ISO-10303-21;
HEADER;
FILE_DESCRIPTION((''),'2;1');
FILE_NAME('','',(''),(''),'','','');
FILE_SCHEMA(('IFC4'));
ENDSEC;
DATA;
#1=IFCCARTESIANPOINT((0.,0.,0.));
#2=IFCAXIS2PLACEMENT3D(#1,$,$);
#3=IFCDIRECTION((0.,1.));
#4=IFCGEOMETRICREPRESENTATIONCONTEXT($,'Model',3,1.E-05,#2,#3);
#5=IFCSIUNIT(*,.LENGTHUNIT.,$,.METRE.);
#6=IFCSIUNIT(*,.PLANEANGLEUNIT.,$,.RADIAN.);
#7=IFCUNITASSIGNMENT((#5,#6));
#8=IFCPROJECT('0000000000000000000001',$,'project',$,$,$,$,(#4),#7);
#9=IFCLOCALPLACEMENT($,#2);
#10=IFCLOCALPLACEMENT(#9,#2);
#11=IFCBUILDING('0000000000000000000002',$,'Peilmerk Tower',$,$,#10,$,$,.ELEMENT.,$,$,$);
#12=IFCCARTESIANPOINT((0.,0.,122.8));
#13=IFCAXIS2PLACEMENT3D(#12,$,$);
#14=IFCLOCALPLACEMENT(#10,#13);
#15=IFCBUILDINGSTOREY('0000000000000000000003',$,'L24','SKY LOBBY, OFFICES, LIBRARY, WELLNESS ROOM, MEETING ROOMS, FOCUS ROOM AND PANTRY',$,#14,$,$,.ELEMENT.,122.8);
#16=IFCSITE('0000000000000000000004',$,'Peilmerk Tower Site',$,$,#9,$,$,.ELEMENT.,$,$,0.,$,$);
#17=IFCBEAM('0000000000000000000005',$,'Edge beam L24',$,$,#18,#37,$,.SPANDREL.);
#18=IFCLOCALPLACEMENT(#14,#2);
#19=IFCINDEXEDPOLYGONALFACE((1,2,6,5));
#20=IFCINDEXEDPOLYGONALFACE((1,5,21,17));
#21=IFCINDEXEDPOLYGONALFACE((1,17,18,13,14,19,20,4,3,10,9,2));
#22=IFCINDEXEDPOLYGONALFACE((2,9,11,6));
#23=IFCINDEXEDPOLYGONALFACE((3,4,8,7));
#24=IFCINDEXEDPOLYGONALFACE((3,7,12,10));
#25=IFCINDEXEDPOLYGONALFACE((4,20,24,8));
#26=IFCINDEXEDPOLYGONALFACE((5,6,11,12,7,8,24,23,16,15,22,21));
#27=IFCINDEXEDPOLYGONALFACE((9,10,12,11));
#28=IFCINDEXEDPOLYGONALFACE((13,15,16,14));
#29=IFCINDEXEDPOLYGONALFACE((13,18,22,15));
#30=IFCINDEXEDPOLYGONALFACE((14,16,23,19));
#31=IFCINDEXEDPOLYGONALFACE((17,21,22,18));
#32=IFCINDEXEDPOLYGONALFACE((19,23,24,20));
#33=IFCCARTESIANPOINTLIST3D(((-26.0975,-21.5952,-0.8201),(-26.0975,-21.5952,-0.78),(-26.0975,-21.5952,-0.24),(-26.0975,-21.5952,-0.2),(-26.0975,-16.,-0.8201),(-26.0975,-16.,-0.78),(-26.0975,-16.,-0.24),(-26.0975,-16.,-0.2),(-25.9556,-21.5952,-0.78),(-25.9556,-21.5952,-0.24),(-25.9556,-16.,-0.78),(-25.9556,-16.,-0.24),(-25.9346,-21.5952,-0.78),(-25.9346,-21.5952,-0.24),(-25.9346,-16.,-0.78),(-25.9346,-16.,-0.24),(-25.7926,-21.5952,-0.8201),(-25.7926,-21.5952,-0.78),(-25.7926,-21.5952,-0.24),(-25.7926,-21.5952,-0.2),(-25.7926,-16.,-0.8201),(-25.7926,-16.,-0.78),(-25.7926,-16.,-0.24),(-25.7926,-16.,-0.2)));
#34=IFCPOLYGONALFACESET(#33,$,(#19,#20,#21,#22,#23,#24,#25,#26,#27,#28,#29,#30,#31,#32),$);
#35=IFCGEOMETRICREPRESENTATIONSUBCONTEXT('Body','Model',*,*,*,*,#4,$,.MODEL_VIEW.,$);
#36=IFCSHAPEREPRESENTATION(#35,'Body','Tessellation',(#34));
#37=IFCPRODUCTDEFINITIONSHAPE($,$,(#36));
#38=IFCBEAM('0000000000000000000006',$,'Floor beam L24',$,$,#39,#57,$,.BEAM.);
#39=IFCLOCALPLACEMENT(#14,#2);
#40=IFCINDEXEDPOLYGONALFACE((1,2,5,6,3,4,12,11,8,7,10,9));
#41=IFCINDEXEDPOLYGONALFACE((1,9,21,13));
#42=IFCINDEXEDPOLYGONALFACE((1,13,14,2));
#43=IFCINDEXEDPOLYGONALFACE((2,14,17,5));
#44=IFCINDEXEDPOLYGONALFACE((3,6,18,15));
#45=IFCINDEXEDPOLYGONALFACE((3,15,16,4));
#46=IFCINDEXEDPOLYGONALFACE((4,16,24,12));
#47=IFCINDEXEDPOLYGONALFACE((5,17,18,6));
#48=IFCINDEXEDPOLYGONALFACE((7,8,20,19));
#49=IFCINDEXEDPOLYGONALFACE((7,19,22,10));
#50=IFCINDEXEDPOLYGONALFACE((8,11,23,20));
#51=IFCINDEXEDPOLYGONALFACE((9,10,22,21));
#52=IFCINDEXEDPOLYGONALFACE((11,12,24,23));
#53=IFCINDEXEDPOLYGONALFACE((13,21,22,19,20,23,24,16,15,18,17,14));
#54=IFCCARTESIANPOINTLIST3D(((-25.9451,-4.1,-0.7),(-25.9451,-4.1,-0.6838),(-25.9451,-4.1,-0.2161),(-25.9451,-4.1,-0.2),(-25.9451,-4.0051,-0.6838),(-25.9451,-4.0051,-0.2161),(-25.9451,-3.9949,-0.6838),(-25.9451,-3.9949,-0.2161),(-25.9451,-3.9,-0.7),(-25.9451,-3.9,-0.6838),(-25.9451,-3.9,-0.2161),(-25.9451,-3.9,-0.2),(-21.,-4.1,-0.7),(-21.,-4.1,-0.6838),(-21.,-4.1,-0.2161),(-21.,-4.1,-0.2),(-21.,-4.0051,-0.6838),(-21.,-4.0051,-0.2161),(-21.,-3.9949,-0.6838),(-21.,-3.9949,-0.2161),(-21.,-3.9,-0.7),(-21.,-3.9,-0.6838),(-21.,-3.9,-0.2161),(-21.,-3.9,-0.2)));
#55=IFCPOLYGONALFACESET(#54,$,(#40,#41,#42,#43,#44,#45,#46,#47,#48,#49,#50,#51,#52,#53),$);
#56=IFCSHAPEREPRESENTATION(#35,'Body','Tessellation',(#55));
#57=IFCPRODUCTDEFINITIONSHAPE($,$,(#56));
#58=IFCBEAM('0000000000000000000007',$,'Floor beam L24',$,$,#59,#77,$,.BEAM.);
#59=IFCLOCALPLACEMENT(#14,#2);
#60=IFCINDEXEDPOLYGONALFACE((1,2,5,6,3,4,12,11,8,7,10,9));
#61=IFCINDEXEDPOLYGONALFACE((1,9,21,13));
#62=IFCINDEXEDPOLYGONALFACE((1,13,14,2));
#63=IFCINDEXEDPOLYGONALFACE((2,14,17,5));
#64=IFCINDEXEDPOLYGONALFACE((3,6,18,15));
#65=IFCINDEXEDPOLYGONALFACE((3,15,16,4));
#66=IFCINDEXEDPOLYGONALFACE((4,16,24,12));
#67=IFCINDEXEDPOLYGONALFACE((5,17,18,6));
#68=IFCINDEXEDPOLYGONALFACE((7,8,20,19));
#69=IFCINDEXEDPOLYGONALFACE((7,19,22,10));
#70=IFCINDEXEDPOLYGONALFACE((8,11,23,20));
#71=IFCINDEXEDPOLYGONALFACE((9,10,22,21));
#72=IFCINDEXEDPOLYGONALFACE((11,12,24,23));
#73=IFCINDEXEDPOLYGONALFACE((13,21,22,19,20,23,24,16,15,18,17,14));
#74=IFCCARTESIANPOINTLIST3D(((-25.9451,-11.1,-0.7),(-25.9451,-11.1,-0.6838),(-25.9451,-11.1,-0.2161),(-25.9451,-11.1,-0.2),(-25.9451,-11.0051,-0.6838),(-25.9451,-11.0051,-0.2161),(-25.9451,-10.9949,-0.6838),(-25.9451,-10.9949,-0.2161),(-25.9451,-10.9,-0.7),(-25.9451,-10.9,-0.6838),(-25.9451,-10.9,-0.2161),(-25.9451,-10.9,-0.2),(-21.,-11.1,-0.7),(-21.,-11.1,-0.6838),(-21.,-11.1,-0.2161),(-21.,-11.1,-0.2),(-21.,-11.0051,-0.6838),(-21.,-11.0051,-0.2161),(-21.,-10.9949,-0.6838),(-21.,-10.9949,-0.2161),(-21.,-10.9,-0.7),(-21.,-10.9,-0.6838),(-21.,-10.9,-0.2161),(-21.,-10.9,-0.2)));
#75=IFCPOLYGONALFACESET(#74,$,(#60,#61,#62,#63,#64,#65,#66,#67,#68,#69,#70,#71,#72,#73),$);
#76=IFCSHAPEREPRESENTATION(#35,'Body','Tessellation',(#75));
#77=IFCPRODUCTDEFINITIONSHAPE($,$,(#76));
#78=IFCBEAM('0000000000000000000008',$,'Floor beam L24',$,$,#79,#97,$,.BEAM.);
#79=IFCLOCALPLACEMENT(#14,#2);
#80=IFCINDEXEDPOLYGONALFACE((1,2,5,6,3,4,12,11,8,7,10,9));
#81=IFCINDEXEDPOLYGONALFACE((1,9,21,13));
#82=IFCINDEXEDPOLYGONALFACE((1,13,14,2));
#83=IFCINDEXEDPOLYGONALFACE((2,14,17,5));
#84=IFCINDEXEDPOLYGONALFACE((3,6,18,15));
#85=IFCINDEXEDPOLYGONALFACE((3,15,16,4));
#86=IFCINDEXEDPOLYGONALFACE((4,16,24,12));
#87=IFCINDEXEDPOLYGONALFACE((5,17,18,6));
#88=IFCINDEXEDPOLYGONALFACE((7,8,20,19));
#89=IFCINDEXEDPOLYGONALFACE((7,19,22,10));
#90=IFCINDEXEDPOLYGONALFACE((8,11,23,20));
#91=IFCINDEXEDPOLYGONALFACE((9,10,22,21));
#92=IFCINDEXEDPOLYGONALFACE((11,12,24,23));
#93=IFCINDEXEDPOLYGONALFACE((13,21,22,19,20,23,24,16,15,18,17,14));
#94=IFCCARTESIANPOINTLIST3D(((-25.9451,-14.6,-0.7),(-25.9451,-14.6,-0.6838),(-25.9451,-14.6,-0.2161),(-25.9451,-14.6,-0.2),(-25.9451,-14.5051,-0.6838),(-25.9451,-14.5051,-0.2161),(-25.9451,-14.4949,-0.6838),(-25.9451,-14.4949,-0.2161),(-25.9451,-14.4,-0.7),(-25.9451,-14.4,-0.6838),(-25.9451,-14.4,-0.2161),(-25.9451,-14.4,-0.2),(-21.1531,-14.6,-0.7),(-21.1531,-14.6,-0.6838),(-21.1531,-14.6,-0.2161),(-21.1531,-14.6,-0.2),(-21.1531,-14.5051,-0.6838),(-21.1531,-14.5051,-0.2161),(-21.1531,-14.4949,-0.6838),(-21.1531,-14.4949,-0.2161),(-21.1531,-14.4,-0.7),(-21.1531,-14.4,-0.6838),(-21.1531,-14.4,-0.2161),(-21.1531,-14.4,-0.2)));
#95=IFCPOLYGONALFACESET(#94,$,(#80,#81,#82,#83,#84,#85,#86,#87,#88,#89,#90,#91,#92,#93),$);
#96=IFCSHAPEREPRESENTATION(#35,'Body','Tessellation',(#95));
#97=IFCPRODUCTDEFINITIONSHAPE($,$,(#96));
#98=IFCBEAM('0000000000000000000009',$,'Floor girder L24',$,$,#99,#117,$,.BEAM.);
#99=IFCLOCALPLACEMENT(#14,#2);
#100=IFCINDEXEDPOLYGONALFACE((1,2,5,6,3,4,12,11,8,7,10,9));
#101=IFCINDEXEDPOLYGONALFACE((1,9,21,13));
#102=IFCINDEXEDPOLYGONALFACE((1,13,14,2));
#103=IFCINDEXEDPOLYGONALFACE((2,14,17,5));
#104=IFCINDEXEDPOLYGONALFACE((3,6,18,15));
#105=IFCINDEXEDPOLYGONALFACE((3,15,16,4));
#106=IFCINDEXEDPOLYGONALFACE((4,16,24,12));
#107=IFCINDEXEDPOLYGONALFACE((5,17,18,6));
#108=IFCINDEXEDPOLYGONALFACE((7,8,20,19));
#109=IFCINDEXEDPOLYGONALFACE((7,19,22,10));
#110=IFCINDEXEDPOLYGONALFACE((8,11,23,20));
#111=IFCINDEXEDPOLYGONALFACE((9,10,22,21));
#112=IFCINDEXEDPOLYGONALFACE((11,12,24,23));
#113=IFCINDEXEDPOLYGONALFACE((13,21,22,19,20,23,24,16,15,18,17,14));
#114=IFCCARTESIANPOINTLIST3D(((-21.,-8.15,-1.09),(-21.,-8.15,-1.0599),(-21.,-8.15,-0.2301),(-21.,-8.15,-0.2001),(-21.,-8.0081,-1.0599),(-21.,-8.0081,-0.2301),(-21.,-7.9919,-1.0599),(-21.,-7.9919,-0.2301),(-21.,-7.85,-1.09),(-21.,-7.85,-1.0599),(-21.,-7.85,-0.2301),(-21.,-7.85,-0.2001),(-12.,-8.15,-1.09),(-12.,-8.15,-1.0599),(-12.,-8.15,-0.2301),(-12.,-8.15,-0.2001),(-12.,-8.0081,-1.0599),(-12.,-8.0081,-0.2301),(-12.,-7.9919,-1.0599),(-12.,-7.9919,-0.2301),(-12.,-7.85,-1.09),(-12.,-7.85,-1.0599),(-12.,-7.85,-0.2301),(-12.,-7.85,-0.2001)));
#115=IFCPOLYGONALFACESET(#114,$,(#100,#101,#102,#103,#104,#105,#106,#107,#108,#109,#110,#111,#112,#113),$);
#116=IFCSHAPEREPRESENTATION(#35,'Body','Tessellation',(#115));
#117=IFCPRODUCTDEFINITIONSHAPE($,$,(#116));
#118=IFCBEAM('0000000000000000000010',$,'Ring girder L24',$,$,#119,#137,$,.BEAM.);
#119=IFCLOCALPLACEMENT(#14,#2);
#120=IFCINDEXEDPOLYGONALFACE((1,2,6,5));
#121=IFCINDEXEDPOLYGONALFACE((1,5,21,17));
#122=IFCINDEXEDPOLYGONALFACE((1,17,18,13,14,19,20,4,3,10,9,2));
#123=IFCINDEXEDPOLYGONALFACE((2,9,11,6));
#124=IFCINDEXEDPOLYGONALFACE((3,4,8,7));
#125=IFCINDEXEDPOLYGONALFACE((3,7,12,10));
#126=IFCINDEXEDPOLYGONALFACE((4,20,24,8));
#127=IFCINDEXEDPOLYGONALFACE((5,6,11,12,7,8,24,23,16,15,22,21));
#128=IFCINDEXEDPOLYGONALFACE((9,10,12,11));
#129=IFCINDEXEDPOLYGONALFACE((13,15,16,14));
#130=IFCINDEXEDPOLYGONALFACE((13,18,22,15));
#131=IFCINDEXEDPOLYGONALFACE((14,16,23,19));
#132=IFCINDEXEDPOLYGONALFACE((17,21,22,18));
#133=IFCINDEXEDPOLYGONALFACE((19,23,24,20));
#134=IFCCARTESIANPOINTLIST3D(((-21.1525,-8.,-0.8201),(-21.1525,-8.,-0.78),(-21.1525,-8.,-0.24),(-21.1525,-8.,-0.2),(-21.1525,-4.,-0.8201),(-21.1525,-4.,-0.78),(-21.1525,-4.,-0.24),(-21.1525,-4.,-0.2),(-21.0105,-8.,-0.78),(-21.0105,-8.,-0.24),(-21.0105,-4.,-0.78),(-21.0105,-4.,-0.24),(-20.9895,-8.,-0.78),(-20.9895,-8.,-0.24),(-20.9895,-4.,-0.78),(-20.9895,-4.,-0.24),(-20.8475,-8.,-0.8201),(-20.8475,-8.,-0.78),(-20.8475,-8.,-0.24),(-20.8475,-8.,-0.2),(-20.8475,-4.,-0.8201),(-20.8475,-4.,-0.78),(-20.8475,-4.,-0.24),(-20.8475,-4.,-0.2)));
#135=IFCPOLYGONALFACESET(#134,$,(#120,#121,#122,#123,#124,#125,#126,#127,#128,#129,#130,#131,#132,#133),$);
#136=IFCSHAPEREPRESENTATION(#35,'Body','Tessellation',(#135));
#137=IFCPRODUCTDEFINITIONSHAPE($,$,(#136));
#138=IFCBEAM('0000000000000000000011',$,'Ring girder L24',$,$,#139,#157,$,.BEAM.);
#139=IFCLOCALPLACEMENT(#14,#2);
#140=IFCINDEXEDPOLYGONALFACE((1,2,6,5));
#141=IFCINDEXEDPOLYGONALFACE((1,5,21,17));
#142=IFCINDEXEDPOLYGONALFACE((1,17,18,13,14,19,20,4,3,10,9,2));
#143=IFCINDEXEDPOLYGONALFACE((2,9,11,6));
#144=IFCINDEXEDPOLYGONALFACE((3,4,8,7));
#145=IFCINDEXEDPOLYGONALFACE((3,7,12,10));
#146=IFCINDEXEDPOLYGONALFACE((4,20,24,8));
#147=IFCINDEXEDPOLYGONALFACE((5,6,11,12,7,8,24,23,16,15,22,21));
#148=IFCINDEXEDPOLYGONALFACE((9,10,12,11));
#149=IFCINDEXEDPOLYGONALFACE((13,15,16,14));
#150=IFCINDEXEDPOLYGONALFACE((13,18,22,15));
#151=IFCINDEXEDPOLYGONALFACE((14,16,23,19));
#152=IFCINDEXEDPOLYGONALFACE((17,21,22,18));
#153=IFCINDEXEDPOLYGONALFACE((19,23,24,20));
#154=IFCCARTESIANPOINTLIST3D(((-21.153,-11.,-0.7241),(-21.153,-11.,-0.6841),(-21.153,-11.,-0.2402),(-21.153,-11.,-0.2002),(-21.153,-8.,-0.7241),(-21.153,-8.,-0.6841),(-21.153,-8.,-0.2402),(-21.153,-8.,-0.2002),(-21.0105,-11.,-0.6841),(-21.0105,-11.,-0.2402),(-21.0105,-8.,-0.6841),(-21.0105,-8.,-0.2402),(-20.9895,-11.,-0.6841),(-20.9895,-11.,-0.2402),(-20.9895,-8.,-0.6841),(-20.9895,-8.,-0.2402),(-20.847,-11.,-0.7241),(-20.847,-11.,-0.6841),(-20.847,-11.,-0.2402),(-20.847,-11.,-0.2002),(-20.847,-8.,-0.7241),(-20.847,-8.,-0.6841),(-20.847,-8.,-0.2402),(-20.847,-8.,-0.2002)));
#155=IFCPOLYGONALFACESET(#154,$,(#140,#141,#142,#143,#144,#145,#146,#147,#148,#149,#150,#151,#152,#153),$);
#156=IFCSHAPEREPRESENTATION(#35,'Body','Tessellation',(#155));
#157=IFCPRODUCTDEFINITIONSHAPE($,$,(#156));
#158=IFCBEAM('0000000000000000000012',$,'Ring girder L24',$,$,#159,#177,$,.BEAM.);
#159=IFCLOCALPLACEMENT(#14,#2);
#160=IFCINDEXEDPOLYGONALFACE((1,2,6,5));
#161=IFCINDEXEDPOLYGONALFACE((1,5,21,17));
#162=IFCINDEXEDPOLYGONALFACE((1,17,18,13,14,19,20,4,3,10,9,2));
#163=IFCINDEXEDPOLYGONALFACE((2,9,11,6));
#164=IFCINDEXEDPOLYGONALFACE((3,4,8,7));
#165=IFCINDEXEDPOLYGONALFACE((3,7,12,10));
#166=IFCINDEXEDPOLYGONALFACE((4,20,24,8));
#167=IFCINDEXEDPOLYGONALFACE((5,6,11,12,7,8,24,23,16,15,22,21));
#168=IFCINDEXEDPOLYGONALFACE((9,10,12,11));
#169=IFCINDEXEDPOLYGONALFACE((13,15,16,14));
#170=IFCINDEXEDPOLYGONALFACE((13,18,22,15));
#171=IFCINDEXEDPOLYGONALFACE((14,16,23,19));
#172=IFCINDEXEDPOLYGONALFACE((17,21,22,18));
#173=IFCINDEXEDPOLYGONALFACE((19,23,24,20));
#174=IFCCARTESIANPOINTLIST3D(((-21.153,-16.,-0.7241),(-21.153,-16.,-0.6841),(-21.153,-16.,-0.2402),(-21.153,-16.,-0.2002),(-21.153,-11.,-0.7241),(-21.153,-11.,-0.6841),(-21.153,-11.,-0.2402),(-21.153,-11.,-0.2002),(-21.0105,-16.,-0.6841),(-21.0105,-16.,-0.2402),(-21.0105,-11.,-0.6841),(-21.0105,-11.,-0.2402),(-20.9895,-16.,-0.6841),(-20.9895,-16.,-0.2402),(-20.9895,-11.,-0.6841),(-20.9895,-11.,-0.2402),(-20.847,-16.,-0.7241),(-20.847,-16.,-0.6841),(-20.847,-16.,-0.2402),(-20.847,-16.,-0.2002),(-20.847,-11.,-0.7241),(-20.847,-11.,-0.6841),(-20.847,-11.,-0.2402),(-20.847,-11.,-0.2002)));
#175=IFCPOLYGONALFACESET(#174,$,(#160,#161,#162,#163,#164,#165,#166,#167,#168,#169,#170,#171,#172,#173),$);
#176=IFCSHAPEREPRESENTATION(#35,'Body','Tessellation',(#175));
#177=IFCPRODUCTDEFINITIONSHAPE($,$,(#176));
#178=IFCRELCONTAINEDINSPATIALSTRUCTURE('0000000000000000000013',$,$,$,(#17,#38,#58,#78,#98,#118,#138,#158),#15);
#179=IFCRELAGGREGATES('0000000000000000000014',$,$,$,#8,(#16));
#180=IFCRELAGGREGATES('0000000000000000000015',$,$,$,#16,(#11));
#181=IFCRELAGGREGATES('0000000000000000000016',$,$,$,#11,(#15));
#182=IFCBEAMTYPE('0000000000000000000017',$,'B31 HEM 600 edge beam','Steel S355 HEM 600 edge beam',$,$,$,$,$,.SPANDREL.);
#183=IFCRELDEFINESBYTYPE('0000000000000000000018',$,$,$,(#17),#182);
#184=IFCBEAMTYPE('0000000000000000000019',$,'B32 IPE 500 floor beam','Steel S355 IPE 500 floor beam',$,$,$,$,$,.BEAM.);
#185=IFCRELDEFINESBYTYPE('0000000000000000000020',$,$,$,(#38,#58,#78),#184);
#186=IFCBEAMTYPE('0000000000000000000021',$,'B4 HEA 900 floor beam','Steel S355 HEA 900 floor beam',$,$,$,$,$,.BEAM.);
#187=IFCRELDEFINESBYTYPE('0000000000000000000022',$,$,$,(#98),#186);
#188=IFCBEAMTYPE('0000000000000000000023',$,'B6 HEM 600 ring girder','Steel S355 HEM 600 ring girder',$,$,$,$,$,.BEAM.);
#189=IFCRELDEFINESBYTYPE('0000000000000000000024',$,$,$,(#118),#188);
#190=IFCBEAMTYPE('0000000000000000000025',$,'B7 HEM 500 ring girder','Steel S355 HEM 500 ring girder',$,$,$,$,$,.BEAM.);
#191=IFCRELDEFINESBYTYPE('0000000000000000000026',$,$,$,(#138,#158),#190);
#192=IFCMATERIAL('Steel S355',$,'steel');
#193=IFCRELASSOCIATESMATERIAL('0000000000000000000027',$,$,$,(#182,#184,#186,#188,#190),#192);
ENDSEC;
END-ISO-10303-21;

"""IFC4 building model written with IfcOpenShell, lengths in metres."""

from ifc_helpers import new_model, si_unit, direction, frame, origin, origin_2d, place, context, subcontext, project, spatial, i_section, extrude, material, material_profile, profile_set, type_object, element, save


model = new_model("IFC4")

# Units and contexts
model_context = context("Model", 3, precision=1e-05, world=origin(), true_north=direction((0.0, 1.0)))
body_context = subcontext(model_context, "Body", "Model", "MODEL_VIEW")
ifc_project = project(units=[si_unit("LENGTHUNIT", "METRE"), si_unit("PLANEANGLEUNIT", "RADIAN")], contexts=[model_context])

# Site, building, storey
site_placement = place(None, origin())
site = spatial("IfcSite", under=ifc_project, at=site_placement, Name="Peilmerk Tower Site", CompositionType="ELEMENT", RefElevation=0.0)
building_placement = place(site_placement, origin())
building = spatial("IfcBuilding", under=site, at=building_placement, Name="Peilmerk Tower", CompositionType="ELEMENT")
storey_placement = place(building_placement, frame((0.0, 0.0, 122.8)))
storey = spatial("IfcBuildingStorey", under=building, at=storey_placement, Name="L24", Description="SKY LOBBY, OFFICES, LIBRARY, WELLNESS ROOM, MEETING ROOMS, FOCUS ROOM AND PANTRY", CompositionType="ELEMENT", Elevation=122.8)

# Beams
ifc_material_1 = material(Name="Steel S355", Category="steel")
ifc_material_profile_1 = material_profile(ifc_material_1, i_section(OverallWidth=0.3049, OverallDepth=0.6201, WebThickness=0.021, FlangeThickness=0.04, at=origin_2d()), Name="HEM 600")
ifc_profile_set_1 = profile_set([ifc_material_profile_1], Name="Steel S355")
beam_type_1 = type_object("IfcBeamType", Name="B31 HEM 600 edge beam", Description="Steel S355 HEM 600 edge beam", PredefinedType="SPANDREL", material=ifc_profile_set_1)
beam_1_placement = place(storey_placement, frame((-25.9451, -16.0, -0.51), z_axis=(0.0, -1.0, 0.0), x_axis=(1.0, 0.0, 0.0)))
element("IfcBeam", 1, at=beam_1_placement, inside=storey, type_object=beam_type_1, Name="Edge beam L24", PredefinedType="SPANDREL", context=body_context, shape_type="SweptSolid", body=[
    extrude(i_section(OverallWidth=0.3049, OverallDepth=0.6201, WebThickness=0.021, FlangeThickness=0.04, at=origin_2d()), origin(), (0.0, 0.0, 1.0), 5.5952),
])
ifc_material_profile_2 = material_profile(ifc_material_1, i_section(OverallWidth=0.2, OverallDepth=0.5, WebThickness=0.0103, FlangeThickness=0.0161, at=origin_2d()), Name="IPE 500")
ifc_profile_set_2 = profile_set([ifc_material_profile_2], Name="Steel S355")
beam_type_2 = type_object("IfcBeamType", Name="B32 IPE 500 floor beam", Description="Steel S355 IPE 500 floor beam", PredefinedType="BEAM", material=ifc_profile_set_2)
for number, where, z_axis, x_axis, name in (
    (2, (-21.0, -4.0, -0.45), (-1.0, 0.0, 0.0), (0.0, -1.0, 0.0), "Floor beam L24"),
    (3, (-21.0, -11.0, -0.45), (-1.0, 0.0, 0.0), (0.0, -1.0, 0.0), "Floor beam L24"),
):
    element("IfcBeam", number, at=place(storey_placement, frame(where, z_axis=z_axis, x_axis=x_axis)), inside=storey, type_object=beam_type_2, Name=name, PredefinedType="BEAM", context=body_context, shape_type="SweptSolid", body=[
        extrude(i_section(OverallWidth=0.2, OverallDepth=0.5, WebThickness=0.0103, FlangeThickness=0.0161, at=origin_2d()), origin(), (0.0, 0.0, 1.0), 4.9451),
    ])
beam_2_placement = place(storey_placement, frame((-21.1531, -14.5, -0.45), z_axis=(-1.0, 0.0, 0.0), x_axis=(0.0, -1.0, 0.0)))
element("IfcBeam", 4, at=beam_2_placement, inside=storey, type_object=beam_type_2, Name="Floor beam L24", PredefinedType="BEAM", context=body_context, shape_type="SweptSolid", body=[
    extrude(i_section(OverallWidth=0.2, OverallDepth=0.5, WebThickness=0.0103, FlangeThickness=0.0161, at=origin_2d()), origin(), (0.0, 0.0, 1.0), 4.792),
])
ifc_material_profile_3 = material_profile(ifc_material_1, i_section(OverallWidth=0.3, OverallDepth=0.8899, WebThickness=0.0161, FlangeThickness=0.03, at=origin_2d()), Name="HEA 900")
ifc_profile_set_3 = profile_set([ifc_material_profile_3], Name="Steel S355")
beam_type_3 = type_object("IfcBeamType", Name="B4 HEA 900 floor beam", Description="Steel S355 HEA 900 floor beam", PredefinedType="BEAM", material=ifc_profile_set_3)
beam_3_placement = place(storey_placement, frame((-12.0, -8.0, -0.645), z_axis=(-1.0, 0.0, 0.0), x_axis=(0.0, -1.0, 0.0)))
element("IfcBeam", 5, at=beam_3_placement, inside=storey, type_object=beam_type_3, Name="Floor girder L24", PredefinedType="BEAM", context=body_context, shape_type="SweptSolid", body=[
    extrude(i_section(OverallWidth=0.3, OverallDepth=0.8899, WebThickness=0.0161, FlangeThickness=0.03, at=origin_2d()), origin(), (0.0, 0.0, 1.0), 9.0),
])
ifc_material_profile_4 = material_profile(ifc_material_1, i_section(OverallWidth=0.3049, OverallDepth=0.6201, WebThickness=0.021, FlangeThickness=0.04, at=origin_2d()), Name="HEM 600")
ifc_profile_set_4 = profile_set([ifc_material_profile_4], Name="Steel S355")
beam_type_4 = type_object("IfcBeamType", Name="B6 HEM 600 ring girder", Description="Steel S355 HEM 600 ring girder", PredefinedType="BEAM", material=ifc_profile_set_4)
beam_4_placement = place(storey_placement, frame((-21.0, -4.0, -0.51), z_axis=(0.0, -1.0, 0.0), x_axis=(1.0, 0.0, 0.0)))
element("IfcBeam", 6, at=beam_4_placement, inside=storey, type_object=beam_type_4, Name="Ring girder L24", PredefinedType="BEAM", context=body_context, shape_type="SweptSolid", body=[
    extrude(i_section(OverallWidth=0.3049, OverallDepth=0.6201, WebThickness=0.021, FlangeThickness=0.04, at=origin_2d()), origin(), (0.0, 0.0, 1.0), 4.0),
])
ifc_material_profile_5 = material_profile(ifc_material_1, i_section(OverallWidth=0.3059, OverallDepth=0.5239, WebThickness=0.021, FlangeThickness=0.04, at=origin_2d()), Name="HEM 500")
ifc_profile_set_5 = profile_set([ifc_material_profile_5], Name="Steel S355")
beam_type_5 = type_object("IfcBeamType", Name="B7 HEM 500 ring girder", Description="Steel S355 HEM 500 ring girder", PredefinedType="BEAM", material=ifc_profile_set_5)
beam_5_placement = place(storey_placement, frame((-21.0, -8.0, -0.4622), z_axis=(0.0, -1.0, 0.0), x_axis=(1.0, 0.0, 0.0)))
element("IfcBeam", 7, at=beam_5_placement, inside=storey, type_object=beam_type_5, Name="Ring girder L24", PredefinedType="BEAM", context=body_context, shape_type="SweptSolid", body=[
    extrude(i_section(OverallWidth=0.3059, OverallDepth=0.5239, WebThickness=0.021, FlangeThickness=0.04, at=origin_2d()), origin(), (0.0, 0.0, 1.0), 3.0),
])
for number, where, z_axis, x_axis, name in (
    (8, (-21.0, -11.0, -0.4622), (0.0, -1.0, 0.0), (1.0, 0.0, 0.0), "Ring girder L24"),
):
    element("IfcBeam", number, at=place(storey_placement, frame(where, z_axis=z_axis, x_axis=x_axis)), inside=storey, type_object=beam_type_5, Name=name, PredefinedType="BEAM", context=body_context, shape_type="SweptSolid", body=[
        extrude(i_section(OverallWidth=0.3059, OverallDepth=0.5239, WebThickness=0.021, FlangeThickness=0.04, at=origin_2d()), origin(), (0.0, 0.0, 1.0), 5.0),
    ])

save(model, "model.ifc")
